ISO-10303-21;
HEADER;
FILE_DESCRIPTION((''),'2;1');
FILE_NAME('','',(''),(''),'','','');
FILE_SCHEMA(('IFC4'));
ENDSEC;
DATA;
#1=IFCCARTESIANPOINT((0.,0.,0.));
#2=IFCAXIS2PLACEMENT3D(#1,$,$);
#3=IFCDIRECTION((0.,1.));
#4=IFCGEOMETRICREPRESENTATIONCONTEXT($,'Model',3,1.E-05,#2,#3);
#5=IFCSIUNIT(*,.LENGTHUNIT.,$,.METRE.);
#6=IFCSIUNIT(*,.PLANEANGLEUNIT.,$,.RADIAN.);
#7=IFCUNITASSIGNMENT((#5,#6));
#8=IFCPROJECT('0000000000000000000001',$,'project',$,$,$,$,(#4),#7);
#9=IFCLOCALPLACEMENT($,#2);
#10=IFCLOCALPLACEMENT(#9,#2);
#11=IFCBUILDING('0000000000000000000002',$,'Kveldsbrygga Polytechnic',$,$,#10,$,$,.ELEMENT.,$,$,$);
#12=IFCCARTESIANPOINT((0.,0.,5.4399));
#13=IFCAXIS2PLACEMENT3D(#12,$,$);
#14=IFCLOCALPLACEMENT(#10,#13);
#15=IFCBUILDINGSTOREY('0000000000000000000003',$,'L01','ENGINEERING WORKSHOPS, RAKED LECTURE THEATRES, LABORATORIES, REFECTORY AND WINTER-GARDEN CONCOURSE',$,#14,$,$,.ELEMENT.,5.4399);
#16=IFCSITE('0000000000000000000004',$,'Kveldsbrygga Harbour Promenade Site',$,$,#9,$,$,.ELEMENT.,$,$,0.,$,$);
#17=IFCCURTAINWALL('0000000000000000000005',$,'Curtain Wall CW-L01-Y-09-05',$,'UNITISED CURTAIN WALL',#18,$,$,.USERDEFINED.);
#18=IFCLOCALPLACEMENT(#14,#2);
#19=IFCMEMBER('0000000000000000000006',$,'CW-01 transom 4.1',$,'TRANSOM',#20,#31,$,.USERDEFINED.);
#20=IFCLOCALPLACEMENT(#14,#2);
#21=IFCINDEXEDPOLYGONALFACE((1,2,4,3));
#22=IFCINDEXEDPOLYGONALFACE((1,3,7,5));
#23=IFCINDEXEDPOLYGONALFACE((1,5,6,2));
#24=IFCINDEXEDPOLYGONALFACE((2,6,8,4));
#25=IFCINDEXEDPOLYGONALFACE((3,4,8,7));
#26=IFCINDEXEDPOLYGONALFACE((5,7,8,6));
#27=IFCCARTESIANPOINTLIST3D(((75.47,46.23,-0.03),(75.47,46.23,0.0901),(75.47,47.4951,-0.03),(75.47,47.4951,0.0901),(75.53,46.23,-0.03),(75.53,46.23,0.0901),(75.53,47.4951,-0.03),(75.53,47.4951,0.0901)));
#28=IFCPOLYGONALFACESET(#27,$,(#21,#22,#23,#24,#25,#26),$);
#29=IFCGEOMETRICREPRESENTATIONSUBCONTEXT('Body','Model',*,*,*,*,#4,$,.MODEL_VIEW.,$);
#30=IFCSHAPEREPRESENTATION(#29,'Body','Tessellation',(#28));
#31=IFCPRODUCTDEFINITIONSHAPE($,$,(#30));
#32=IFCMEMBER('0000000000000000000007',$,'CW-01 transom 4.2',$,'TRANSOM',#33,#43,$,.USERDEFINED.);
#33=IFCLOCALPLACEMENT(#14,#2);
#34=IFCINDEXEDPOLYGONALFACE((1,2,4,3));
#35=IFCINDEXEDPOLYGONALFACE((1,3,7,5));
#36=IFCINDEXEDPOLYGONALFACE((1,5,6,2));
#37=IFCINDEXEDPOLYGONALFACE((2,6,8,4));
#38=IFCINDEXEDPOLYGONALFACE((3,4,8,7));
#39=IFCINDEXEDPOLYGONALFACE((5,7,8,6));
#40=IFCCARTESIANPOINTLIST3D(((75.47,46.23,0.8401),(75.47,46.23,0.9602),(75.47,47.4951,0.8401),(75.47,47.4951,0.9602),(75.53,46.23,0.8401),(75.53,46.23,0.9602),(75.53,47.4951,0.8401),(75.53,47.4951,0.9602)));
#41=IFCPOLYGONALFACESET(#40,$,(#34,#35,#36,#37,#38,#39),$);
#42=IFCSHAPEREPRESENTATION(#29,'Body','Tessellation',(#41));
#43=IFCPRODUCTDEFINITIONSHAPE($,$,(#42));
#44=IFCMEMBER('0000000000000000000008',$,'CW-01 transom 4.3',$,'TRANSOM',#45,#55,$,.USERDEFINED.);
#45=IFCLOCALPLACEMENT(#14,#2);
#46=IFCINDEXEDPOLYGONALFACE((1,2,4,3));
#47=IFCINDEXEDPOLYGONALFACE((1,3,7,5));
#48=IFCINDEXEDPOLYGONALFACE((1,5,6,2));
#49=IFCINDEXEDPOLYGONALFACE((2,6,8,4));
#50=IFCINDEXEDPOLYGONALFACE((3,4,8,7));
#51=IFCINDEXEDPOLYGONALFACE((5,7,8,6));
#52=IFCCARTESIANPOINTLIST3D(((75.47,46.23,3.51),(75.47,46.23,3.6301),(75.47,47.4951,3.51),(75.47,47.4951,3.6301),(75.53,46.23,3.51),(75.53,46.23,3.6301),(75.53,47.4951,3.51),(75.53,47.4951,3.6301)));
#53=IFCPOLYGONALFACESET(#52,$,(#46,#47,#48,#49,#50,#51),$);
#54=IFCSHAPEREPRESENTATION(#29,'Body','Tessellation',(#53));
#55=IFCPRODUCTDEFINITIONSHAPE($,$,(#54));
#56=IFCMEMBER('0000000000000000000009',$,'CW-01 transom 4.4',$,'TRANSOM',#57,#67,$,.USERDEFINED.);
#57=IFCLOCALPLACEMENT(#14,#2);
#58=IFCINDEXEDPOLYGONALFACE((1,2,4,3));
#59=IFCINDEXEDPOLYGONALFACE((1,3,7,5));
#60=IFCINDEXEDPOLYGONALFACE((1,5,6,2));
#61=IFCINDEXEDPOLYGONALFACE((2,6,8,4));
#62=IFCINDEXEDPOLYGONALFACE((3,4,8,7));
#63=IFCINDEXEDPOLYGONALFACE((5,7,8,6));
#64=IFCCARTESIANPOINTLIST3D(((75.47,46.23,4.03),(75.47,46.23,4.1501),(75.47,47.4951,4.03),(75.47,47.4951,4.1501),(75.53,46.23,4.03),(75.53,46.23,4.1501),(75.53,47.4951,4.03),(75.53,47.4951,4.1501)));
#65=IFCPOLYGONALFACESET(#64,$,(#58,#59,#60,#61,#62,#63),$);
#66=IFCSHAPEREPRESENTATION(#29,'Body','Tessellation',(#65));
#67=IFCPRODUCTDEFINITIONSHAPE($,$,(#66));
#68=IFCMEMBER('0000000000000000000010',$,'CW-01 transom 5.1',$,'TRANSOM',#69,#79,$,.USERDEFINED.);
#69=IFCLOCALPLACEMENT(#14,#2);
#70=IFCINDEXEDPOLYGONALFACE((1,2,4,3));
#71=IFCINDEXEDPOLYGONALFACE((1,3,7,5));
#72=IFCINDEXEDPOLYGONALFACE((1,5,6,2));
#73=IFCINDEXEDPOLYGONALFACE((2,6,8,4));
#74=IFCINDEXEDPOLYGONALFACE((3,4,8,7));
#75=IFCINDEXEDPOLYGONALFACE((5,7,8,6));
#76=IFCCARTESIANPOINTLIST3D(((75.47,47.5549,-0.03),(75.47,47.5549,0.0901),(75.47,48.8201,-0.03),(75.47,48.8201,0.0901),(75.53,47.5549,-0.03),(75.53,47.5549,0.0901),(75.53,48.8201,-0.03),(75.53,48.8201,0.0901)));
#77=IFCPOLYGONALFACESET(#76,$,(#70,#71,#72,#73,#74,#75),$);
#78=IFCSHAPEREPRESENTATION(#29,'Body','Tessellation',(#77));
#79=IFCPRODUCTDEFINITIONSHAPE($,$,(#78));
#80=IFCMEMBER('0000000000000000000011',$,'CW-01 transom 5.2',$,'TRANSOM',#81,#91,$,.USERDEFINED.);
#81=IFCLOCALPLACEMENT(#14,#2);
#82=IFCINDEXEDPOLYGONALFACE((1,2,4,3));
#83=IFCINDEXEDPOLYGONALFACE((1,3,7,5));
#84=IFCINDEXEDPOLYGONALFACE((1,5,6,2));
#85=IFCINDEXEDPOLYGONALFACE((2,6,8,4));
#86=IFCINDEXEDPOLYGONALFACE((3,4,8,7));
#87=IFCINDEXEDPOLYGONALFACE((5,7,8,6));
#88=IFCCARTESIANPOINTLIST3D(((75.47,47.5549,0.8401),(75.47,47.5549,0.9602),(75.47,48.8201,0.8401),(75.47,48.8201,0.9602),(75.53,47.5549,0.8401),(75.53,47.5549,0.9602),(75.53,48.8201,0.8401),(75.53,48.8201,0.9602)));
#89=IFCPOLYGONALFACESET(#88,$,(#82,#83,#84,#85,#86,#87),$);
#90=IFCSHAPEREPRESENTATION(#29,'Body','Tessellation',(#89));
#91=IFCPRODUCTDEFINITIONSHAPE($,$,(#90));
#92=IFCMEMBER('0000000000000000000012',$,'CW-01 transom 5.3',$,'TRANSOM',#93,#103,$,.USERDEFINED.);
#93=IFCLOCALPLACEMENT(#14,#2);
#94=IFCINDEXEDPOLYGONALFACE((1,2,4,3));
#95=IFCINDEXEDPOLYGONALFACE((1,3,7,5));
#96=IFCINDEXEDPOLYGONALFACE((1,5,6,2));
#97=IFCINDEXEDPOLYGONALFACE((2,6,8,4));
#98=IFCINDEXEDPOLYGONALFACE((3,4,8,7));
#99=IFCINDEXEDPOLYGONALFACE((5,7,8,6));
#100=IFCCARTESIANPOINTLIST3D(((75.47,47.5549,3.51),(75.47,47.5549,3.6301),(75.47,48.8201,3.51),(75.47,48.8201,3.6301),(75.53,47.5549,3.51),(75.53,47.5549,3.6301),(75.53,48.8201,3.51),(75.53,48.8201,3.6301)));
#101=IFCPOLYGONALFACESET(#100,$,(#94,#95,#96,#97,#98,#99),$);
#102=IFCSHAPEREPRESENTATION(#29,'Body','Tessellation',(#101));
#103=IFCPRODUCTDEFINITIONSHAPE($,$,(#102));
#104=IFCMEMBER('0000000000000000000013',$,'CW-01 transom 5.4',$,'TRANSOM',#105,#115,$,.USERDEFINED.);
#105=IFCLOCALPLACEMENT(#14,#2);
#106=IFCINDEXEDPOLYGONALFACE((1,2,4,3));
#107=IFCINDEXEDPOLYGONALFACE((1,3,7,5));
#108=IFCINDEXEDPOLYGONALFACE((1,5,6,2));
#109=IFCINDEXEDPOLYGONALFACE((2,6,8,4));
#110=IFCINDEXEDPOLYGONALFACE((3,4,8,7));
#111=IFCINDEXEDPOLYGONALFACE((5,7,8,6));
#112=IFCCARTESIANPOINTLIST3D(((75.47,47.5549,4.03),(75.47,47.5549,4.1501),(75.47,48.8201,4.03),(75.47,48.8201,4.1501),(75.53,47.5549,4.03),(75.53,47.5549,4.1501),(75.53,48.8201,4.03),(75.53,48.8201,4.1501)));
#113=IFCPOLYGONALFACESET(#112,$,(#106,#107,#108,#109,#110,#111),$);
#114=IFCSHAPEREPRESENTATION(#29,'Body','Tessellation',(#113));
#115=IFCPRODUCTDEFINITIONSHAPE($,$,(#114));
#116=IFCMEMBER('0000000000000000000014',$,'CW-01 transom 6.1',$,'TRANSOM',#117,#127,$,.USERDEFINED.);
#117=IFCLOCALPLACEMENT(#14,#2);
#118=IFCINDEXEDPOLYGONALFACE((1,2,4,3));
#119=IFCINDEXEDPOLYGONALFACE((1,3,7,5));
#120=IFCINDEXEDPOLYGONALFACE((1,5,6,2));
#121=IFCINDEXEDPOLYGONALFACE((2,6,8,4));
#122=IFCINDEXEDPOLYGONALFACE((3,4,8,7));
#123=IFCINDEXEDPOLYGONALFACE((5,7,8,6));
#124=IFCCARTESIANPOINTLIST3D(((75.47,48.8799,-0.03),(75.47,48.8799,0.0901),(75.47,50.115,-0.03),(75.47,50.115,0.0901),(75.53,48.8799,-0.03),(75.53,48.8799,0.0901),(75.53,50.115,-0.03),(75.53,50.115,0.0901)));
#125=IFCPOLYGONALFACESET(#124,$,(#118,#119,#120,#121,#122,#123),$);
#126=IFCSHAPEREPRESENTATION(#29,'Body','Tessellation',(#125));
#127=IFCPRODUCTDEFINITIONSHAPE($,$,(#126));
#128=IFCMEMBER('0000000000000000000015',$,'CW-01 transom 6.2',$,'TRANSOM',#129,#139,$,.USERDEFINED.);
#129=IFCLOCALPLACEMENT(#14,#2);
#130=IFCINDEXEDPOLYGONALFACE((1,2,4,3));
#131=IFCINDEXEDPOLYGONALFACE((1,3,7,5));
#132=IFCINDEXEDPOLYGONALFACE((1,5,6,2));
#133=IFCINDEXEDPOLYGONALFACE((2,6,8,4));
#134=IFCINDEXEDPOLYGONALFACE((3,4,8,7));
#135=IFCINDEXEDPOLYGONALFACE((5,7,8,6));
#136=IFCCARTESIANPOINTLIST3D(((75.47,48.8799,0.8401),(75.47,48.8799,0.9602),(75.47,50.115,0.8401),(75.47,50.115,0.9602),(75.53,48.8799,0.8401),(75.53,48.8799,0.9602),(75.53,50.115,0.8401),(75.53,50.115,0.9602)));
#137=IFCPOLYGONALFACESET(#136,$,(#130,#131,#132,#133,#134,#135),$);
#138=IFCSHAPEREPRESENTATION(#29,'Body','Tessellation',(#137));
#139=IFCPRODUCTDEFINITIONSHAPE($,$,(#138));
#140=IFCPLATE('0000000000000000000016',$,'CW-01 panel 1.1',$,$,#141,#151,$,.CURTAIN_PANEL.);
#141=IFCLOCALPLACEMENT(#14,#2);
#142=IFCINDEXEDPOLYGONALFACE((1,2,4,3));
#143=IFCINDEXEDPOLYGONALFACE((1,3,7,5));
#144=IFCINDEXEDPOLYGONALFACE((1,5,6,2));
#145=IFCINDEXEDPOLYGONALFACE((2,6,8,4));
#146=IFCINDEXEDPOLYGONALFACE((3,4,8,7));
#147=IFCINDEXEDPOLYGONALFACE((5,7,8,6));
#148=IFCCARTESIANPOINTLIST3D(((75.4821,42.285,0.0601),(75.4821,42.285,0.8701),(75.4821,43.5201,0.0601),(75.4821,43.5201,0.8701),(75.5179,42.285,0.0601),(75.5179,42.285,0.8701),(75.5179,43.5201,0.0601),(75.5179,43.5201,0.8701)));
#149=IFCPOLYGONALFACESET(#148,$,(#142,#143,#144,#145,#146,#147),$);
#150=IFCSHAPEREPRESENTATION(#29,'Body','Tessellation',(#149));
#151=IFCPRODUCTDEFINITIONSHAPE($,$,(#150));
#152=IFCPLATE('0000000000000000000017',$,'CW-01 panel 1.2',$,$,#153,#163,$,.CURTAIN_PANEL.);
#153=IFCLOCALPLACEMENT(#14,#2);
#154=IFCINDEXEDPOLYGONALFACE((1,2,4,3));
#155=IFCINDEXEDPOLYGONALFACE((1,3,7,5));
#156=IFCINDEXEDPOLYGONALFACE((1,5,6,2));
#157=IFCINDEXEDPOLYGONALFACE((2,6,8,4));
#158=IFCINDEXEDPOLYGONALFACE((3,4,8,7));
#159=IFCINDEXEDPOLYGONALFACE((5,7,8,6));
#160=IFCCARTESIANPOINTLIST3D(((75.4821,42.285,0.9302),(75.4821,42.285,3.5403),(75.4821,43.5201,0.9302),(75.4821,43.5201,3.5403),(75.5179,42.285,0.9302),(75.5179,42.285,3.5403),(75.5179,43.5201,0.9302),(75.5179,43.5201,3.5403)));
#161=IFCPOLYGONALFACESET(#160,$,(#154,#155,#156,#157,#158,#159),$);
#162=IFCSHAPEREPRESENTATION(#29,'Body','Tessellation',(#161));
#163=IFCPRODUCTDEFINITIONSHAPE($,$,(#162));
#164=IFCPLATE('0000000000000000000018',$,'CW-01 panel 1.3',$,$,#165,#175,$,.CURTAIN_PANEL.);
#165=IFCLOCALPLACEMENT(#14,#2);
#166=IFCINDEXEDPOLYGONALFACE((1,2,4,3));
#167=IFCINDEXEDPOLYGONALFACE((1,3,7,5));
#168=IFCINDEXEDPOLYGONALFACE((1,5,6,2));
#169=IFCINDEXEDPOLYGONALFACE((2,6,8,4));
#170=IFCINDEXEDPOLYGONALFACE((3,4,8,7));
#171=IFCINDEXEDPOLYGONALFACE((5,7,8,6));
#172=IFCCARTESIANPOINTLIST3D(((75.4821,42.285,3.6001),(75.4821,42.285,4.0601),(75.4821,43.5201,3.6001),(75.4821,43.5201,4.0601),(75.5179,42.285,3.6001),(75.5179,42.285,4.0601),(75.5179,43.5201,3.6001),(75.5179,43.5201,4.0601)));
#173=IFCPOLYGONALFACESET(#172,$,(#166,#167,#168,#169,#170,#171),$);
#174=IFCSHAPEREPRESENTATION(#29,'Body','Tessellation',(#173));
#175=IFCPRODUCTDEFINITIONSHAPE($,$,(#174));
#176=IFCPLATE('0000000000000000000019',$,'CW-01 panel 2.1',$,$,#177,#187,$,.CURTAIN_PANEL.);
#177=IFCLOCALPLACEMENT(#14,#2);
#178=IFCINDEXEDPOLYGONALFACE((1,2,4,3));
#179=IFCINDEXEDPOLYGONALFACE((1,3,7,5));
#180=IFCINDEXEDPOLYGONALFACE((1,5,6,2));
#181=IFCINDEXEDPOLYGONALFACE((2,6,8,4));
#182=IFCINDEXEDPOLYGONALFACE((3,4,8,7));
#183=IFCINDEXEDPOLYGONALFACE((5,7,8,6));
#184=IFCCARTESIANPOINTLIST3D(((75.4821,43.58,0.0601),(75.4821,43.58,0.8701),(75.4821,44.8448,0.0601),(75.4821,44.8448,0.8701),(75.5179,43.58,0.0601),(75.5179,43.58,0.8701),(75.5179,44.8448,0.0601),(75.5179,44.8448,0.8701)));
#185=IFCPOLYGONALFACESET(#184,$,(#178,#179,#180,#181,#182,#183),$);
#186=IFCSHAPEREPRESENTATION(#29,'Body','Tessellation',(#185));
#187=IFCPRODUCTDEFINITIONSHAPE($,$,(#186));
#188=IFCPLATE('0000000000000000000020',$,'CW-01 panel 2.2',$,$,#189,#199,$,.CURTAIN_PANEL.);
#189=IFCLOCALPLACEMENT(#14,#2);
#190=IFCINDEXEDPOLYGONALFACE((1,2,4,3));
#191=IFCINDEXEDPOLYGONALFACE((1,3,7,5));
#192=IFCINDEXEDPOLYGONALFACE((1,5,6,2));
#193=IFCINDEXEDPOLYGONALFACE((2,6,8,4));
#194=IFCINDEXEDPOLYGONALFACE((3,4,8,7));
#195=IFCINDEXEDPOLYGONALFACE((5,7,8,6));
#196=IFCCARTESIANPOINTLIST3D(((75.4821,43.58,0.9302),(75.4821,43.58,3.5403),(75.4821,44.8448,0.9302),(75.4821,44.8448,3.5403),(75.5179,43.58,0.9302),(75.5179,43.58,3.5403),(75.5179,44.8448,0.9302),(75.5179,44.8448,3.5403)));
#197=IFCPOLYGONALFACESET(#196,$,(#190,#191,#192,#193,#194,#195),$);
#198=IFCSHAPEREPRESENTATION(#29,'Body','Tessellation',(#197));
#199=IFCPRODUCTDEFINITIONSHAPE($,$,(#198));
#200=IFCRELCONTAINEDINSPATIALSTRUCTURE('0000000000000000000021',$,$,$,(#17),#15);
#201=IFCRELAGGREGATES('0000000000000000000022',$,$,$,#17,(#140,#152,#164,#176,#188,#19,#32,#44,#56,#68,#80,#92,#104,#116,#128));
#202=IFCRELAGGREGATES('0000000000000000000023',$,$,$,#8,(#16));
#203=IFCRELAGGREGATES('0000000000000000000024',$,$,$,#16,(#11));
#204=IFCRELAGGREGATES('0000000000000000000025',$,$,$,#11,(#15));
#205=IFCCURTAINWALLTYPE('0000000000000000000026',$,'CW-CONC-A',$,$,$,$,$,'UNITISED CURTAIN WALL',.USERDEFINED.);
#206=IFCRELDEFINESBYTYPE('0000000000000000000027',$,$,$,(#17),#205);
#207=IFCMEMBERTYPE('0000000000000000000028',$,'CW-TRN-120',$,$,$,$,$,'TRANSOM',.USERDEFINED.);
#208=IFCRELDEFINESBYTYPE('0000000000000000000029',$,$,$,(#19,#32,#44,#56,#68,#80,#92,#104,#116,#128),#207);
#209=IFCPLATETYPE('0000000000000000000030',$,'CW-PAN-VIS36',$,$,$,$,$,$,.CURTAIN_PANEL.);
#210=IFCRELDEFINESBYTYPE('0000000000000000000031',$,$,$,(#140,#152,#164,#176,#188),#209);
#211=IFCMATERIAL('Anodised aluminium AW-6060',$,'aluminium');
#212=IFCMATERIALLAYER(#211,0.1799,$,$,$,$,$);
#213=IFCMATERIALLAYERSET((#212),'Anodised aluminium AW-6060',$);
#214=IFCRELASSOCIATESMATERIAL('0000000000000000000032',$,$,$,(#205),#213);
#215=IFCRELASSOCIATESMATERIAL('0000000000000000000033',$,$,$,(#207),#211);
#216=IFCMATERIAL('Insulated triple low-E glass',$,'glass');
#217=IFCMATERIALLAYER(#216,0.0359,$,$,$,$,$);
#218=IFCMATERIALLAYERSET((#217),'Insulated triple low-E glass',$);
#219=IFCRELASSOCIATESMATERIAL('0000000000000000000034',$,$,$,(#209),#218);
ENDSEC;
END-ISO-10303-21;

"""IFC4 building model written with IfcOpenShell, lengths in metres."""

from ifc_helpers import new_model, si_unit, direction, frame, origin, origin_2d, place, context, subcontext, project, spatial, rectangle, extrude, material, layer, layer_set, material_profile, profile_set, type_object, element, aggregate, save


model = new_model("IFC4")

# Units and contexts
model_context = context("Model", 3, precision=1e-05, world=origin(), true_north=direction((0.0, 1.0)))
body_context = subcontext(model_context, "Body", "Model", "MODEL_VIEW")
ifc_project = project(units=[si_unit("LENGTHUNIT", "METRE"), si_unit("PLANEANGLEUNIT", "RADIAN")], contexts=[model_context])

# Site, building, storey
site_placement = place(None, origin())
site = spatial("IfcSite", under=ifc_project, at=site_placement, Name="Kveldsbrygga Harbour Promenade Site", CompositionType="ELEMENT", RefElevation=0.0)
building_placement = place(site_placement, origin())
building = spatial("IfcBuilding", under=site, at=building_placement, Name="Kveldsbrygga Polytechnic", CompositionType="ELEMENT")
storey_placement = place(building_placement, frame((0.0, 0.0, 5.4399)))
storey = spatial("IfcBuildingStorey", under=building, at=storey_placement, Name="L01", Description="ENGINEERING WORKSHOPS, RAKED LECTURE THEATRES, LABORATORIES, REFECTORY AND WINTER-GARDEN CONCOURSE", CompositionType="ELEMENT", Elevation=5.4399)

# Curtain wall, members, plates
ifc_material_1 = material(Name="Anodised aluminium AW-6060", Category="aluminium")
ifc_layer_1 = layer(ifc_material_1, 0.1799)
ifc_layer_set_1 = layer_set([ifc_layer_1], Name="Anodised aluminium AW-6060")
curtain_wall_type = type_object("IfcCurtainWallType", Name="CW-CONC-A", ElementType="UNITISED CURTAIN WALL", PredefinedType="USERDEFINED", material=ifc_layer_set_1)
curtain_wall_placement = place(storey_placement, origin())
curtain_wall = element("IfcCurtainWall", 1, at=curtain_wall_placement, inside=storey, type_object=curtain_wall_type, Name="Curtain Wall CW-L01-Y-09-05", ObjectType="UNITISED CURTAIN WALL", PredefinedType="USERDEFINED")
ifc_material_profile_1 = material_profile(ifc_material_1, rectangle(XDim=0.0601, YDim=0.1201, at=origin_2d()), Name="ALU 60x120")
ifc_profile_set_1 = profile_set([ifc_material_profile_1], Name="Anodised aluminium AW-6060")
member_type_1 = type_object("IfcMemberType", Name="CW-TRN-120", ElementType="TRANSOM", PredefinedType="USERDEFINED", material=ifc_profile_set_1)
member_1_placement = place(storey_placement, frame((75.5, 46.23, 0.03), z_axis=(0.0, 1.0, 0.0), x_axis=(-1.0, 0.0, 0.0)))
member_1 = element("IfcMember", 2, at=member_1_placement, type_object=member_type_1, Name="CW-01 transom 4.1", ObjectType="TRANSOM", PredefinedType="USERDEFINED", context=body_context, shape_type="SweptSolid", body=[
    extrude(rectangle(XDim=0.0601, YDim=0.1201, at=origin_2d()), origin(), (0.0, 0.0, 1.0), 1.2651),
])
member_2_placement = place(storey_placement, frame((75.5, 46.23, 0.9001), z_axis=(0.0, 1.0, 0.0), x_axis=(-1.0, 0.0, 0.0)))
member_2 = element("IfcMember", 3, at=member_2_placement, type_object=member_type_1, Name="CW-01 transom 4.2", ObjectType="TRANSOM", PredefinedType="USERDEFINED", context=body_context, shape_type="SweptSolid", body=[
    extrude(rectangle(XDim=0.0601, YDim=0.1201, at=origin_2d()), origin(), (0.0, 0.0, 1.0), 1.2651),
])
member_3_placement = place(storey_placement, frame((75.5, 46.23, 3.5701), z_axis=(0.0, 1.0, 0.0), x_axis=(-1.0, 0.0, 0.0)))
member_3 = element("IfcMember", 4, at=member_3_placement, type_object=member_type_1, Name="CW-01 transom 4.3", ObjectType="TRANSOM", PredefinedType="USERDEFINED", context=body_context, shape_type="SweptSolid", body=[
    extrude(rectangle(XDim=0.0601, YDim=0.1201, at=origin_2d()), origin(), (0.0, 0.0, 1.0), 1.2651),
])
member_4_placement = place(storey_placement, frame((75.5, 46.23, 4.0901), z_axis=(0.0, 1.0, 0.0), x_axis=(-1.0, 0.0, 0.0)))
member_4 = element("IfcMember", 5, at=member_4_placement, type_object=member_type_1, Name="CW-01 transom 4.4", ObjectType="TRANSOM", PredefinedType="USERDEFINED", context=body_context, shape_type="SweptSolid", body=[
    extrude(rectangle(XDim=0.0601, YDim=0.1201, at=origin_2d()), origin(), (0.0, 0.0, 1.0), 1.2651),
])
member_5_placement = place(storey_placement, frame((75.5, 47.5549, 0.03), z_axis=(0.0, 1.0, 0.0), x_axis=(-1.0, 0.0, 0.0)))
member_5 = element("IfcMember", 6, at=member_5_placement, type_object=member_type_1, Name="CW-01 transom 5.1", ObjectType="TRANSOM", PredefinedType="USERDEFINED", context=body_context, shape_type="SweptSolid", body=[
    extrude(rectangle(XDim=0.0601, YDim=0.1201, at=origin_2d()), origin(), (0.0, 0.0, 1.0), 1.2651),
])
member_6_placement = place(storey_placement, frame((75.5, 47.5549, 0.9001), z_axis=(0.0, 1.0, 0.0), x_axis=(-1.0, 0.0, 0.0)))
member_6 = element("IfcMember", 7, at=member_6_placement, type_object=member_type_1, Name="CW-01 transom 5.2", ObjectType="TRANSOM", PredefinedType="USERDEFINED", context=body_context, shape_type="SweptSolid", body=[
    extrude(rectangle(XDim=0.0601, YDim=0.1201, at=origin_2d()), origin(), (0.0, 0.0, 1.0), 1.2651),
])
member_7_placement = place(storey_placement, frame((75.5, 47.5549, 3.5701), z_axis=(0.0, 1.0, 0.0), x_axis=(-1.0, 0.0, 0.0)))
member_7 = element("IfcMember", 8, at=member_7_placement, type_object=member_type_1, Name="CW-01 transom 5.3", ObjectType="TRANSOM", PredefinedType="USERDEFINED", context=body_context, shape_type="SweptSolid", body=[
    extrude(rectangle(XDim=0.0601, YDim=0.1201, at=origin_2d()), origin(), (0.0, 0.0, 1.0), 1.2651),
])
member_8_placement = place(storey_placement, frame((75.5, 47.5549, 4.0901), z_axis=(0.0, 1.0, 0.0), x_axis=(-1.0, 0.0, 0.0)))
member_8 = element("IfcMember", 9, at=member_8_placement, type_object=member_type_1, Name="CW-01 transom 5.4", ObjectType="TRANSOM", PredefinedType="USERDEFINED", context=body_context, shape_type="SweptSolid", body=[
    extrude(rectangle(XDim=0.0601, YDim=0.1201, at=origin_2d()), origin(), (0.0, 0.0, 1.0), 1.2651),
])
member_9_placement = place(storey_placement, frame((75.5, 48.8799, 0.03), z_axis=(0.0, 1.0, 0.0), x_axis=(-1.0, 0.0, 0.0)))
member_9 = element("IfcMember", 10, at=member_9_placement, type_object=member_type_1, Name="CW-01 transom 6.1", ObjectType="TRANSOM", PredefinedType="USERDEFINED", context=body_context, shape_type="SweptSolid", body=[
    extrude(rectangle(XDim=0.0601, YDim=0.1201, at=origin_2d()), origin(), (0.0, 0.0, 1.0), 1.2351),
])
member_10_placement = place(storey_placement, frame((75.5, 48.8799, 0.9001), z_axis=(0.0, 1.0, 0.0), x_axis=(-1.0, 0.0, 0.0)))
member_10 = element("IfcMember", 11, at=member_10_placement, type_object=member_type_1, Name="CW-01 transom 6.2", ObjectType="TRANSOM", PredefinedType="USERDEFINED", context=body_context, shape_type="SweptSolid", body=[
    extrude(rectangle(XDim=0.0601, YDim=0.1201, at=origin_2d()), origin(), (0.0, 0.0, 1.0), 1.2351),
])
ifc_material_2 = material(Name="Insulated triple low-E glass", Category="glass")
ifc_layer_2 = layer(ifc_material_2, 0.0359)
ifc_layer_set_2 = layer_set([ifc_layer_2], Name="Insulated triple low-E glass")
plate_type = type_object("IfcPlateType", Name="CW-PAN-VIS36", PredefinedType="CURTAIN_PANEL", material=ifc_layer_set_2)
plate_1_placement = place(storey_placement, frame((75.5, 42.9026, 0.0601), z_axis=(0.0, 0.0, 1.0), x_axis=(0.0, 1.0, 0.0)))
plate_1 = element("IfcPlate", 12, at=plate_1_placement, type_object=plate_type, Name="CW-01 panel 1.1", PredefinedType="CURTAIN_PANEL", context=body_context, shape_type="SweptSolid", body=[
    extrude(rectangle(XDim=1.2351, YDim=0.0359, at=origin_2d()), origin(), (0.0, 0.0, 1.0), 0.8101),
])
plate_2_placement = place(storey_placement, frame((75.5, 42.9026, 0.9302), z_axis=(0.0, 0.0, 1.0), x_axis=(0.0, 1.0, 0.0)))
plate_2 = element("IfcPlate", 13, at=plate_2_placement, type_object=plate_type, Name="CW-01 panel 1.2", PredefinedType="CURTAIN_PANEL", context=body_context, shape_type="SweptSolid", body=[
    extrude(rectangle(XDim=1.2351, YDim=0.0359, at=origin_2d()), origin(), (0.0, 0.0, 1.0), 2.6101),
])
plate_3_placement = place(storey_placement, frame((75.5, 42.9026, 3.6001), z_axis=(0.0, 0.0, 1.0), x_axis=(0.0, 1.0, 0.0)))
plate_3 = element("IfcPlate", 14, at=plate_3_placement, type_object=plate_type, Name="CW-01 panel 1.3", PredefinedType="CURTAIN_PANEL", context=body_context, shape_type="SweptSolid", body=[
    extrude(rectangle(XDim=1.2351, YDim=0.0359, at=origin_2d()), origin(), (0.0, 0.0, 1.0), 0.46),
])
plate_4_placement = place(storey_placement, frame((75.5, 44.2124, 0.0601), z_axis=(0.0, 0.0, 1.0), x_axis=(0.0, 1.0, 0.0)))
plate_4 = element("IfcPlate", 15, at=plate_4_placement, type_object=plate_type, Name="CW-01 panel 2.1", PredefinedType="CURTAIN_PANEL", context=body_context, shape_type="SweptSolid", body=[
    extrude(rectangle(XDim=1.2649, YDim=0.0359, at=origin_2d()), origin(), (0.0, 0.0, 1.0), 0.8101),
])
plate_5_placement = place(storey_placement, frame((75.5, 44.2124, 0.9302), z_axis=(0.0, 0.0, 1.0), x_axis=(0.0, 1.0, 0.0)))
plate_5 = element("IfcPlate", 16, at=plate_5_placement, type_object=plate_type, Name="CW-01 panel 2.2", PredefinedType="CURTAIN_PANEL", context=body_context, shape_type="SweptSolid", body=[
    extrude(rectangle(XDim=1.2649, YDim=0.0359, at=origin_2d()), origin(), (0.0, 0.0, 1.0), 2.6101),
])
aggregate(curtain_wall, [plate_1, plate_2, plate_3, plate_4, plate_5, member_1, member_2, member_3, member_4, member_5, member_6, member_7, member_8, member_9, member_10])

save(model, "model.ifc")
